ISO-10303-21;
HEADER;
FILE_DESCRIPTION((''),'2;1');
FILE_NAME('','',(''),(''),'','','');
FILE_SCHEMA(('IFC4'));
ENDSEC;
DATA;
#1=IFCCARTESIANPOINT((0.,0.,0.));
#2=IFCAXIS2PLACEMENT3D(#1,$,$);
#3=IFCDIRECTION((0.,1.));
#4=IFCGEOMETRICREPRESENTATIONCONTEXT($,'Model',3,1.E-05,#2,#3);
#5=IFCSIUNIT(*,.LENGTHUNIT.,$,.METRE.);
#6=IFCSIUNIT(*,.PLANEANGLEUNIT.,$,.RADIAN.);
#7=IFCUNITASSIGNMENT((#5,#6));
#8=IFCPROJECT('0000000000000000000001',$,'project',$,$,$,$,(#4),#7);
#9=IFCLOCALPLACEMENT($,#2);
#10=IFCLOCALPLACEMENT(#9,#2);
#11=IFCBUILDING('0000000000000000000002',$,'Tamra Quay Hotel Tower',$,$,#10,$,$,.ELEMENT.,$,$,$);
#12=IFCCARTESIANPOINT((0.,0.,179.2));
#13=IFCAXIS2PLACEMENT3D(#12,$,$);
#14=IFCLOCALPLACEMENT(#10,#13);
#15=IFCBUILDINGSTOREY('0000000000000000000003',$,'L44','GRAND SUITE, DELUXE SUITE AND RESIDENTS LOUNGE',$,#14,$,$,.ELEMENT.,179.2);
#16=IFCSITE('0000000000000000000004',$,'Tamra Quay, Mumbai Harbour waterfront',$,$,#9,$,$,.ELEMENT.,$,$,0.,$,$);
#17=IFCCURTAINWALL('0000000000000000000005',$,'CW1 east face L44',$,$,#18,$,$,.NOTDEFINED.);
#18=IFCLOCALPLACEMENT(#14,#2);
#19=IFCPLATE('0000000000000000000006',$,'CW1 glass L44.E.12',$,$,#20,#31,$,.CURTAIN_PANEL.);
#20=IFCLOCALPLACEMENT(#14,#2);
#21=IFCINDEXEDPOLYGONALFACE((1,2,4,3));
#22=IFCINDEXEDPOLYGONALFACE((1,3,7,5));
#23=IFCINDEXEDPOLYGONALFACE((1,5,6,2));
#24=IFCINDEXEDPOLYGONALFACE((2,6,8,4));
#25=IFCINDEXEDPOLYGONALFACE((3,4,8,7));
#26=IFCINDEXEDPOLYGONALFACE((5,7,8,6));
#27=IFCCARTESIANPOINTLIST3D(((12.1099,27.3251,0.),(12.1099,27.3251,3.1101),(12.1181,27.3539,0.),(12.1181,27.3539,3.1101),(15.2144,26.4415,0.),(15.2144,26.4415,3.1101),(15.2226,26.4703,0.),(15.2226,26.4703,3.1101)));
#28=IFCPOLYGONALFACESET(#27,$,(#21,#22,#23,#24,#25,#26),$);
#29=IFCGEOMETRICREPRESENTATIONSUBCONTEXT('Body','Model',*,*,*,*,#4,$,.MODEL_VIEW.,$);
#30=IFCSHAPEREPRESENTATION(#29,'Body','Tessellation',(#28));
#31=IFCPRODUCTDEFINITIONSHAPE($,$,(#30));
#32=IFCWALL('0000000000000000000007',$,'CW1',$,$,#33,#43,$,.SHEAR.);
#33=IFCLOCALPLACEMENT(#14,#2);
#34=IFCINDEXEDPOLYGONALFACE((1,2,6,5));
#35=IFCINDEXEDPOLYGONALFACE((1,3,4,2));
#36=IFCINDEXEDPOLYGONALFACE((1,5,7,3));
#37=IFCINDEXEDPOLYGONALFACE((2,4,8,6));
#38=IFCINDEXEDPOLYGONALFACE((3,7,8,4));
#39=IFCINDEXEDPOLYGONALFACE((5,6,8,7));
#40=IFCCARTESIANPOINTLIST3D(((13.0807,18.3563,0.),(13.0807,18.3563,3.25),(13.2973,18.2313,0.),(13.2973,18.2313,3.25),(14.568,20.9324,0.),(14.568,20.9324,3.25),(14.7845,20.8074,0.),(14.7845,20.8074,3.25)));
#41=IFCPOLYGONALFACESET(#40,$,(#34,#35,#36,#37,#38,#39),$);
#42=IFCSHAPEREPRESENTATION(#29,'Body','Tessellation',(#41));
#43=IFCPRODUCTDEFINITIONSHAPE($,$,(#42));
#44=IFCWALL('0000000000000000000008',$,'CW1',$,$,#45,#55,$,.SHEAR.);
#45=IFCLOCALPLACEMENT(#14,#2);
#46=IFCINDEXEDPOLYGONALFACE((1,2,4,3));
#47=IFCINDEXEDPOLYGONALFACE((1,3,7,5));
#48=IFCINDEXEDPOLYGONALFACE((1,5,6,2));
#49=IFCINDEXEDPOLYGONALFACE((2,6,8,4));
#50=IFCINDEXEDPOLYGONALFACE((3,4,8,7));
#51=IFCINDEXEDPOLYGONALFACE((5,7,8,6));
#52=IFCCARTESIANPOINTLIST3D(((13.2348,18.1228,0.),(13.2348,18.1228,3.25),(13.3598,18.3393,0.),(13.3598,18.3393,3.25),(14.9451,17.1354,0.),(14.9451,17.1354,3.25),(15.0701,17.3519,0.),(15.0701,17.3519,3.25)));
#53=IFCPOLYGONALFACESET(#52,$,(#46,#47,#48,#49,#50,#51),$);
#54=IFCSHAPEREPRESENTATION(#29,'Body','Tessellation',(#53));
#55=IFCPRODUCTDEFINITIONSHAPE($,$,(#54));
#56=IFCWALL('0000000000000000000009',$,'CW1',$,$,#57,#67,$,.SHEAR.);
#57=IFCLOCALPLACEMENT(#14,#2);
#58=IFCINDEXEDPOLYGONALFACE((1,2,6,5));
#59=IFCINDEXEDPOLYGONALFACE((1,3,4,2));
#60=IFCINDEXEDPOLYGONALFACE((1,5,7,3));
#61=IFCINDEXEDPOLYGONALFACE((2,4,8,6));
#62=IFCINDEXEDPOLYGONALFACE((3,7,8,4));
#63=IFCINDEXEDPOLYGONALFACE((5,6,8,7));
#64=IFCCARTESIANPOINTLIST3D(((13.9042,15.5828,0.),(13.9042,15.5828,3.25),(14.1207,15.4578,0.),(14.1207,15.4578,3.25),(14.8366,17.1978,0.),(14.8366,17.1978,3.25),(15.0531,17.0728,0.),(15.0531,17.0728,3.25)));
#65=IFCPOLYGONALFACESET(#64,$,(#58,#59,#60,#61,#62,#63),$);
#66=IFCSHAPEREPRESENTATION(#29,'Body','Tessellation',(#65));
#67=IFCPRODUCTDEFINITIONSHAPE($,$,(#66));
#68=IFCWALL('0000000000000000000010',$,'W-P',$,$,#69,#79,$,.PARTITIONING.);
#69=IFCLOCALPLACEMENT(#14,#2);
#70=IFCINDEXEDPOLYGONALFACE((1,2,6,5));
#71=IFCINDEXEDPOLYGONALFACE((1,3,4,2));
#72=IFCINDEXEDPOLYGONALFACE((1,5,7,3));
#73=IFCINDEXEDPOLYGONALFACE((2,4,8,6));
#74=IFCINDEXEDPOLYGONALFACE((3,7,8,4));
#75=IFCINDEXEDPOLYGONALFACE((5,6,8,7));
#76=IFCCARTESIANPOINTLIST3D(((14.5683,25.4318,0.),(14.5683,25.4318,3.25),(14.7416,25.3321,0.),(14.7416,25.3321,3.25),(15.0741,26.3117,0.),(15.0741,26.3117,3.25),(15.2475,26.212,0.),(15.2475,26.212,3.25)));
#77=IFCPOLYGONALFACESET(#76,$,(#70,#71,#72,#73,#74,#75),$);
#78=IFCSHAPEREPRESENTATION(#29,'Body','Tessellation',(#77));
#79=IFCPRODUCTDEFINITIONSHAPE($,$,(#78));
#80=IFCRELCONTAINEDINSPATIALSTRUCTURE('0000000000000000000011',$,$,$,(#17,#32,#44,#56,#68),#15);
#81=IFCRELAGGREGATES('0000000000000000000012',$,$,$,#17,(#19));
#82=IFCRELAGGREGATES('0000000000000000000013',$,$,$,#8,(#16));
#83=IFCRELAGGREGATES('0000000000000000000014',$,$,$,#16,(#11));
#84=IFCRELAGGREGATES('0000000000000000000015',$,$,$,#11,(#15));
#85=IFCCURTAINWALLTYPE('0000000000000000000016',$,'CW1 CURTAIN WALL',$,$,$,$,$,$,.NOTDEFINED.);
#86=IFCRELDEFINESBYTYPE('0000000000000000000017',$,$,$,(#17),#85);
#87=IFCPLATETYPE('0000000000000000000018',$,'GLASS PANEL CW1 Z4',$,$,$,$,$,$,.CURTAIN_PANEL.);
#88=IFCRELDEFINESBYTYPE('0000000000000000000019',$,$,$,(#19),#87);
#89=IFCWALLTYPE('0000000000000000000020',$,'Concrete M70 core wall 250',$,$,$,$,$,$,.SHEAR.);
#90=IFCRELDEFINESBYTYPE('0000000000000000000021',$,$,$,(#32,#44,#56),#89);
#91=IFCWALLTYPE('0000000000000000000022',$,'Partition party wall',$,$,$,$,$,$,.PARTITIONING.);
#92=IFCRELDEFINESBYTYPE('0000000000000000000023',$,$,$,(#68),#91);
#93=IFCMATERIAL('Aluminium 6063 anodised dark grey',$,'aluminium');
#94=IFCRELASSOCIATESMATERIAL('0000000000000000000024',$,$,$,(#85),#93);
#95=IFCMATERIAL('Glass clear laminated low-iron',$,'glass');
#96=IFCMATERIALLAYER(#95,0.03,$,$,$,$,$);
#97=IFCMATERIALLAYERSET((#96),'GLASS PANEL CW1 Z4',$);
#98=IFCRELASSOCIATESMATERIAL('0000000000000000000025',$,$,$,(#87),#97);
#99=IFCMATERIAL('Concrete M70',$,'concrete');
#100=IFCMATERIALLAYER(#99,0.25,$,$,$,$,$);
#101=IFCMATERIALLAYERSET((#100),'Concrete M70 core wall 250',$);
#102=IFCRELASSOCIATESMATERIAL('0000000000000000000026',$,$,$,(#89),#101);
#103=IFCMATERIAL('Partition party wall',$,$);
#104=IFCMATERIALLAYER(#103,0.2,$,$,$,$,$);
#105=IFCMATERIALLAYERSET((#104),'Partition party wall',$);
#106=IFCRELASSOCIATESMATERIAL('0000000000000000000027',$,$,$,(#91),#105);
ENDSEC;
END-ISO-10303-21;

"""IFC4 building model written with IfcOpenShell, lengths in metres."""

from ifc_helpers import new_model, si_unit, direction, frame, frame_2d, origin, origin_2d, place, context, subcontext, project, spatial, rectangle, extrude, material, layer, layer_set, type_object, element, aggregate, save


model = new_model("IFC4")

# Units and contexts
model_context = context("Model", 3, precision=1e-05, world=origin(), true_north=direction((0.0, 1.0)))
body_context = subcontext(model_context, "Body", "Model", "MODEL_VIEW")
ifc_project = project(units=[si_unit("LENGTHUNIT", "METRE"), si_unit("PLANEANGLEUNIT", "RADIAN")], contexts=[model_context])

# Site, building, storey
site_placement = place(None, origin())
site = spatial("IfcSite", under=ifc_project, at=site_placement, Name="Tamra Quay, Mumbai Harbour waterfront", CompositionType="ELEMENT", RefElevation=0.0)
building_placement = place(site_placement, origin())
building = spatial("IfcBuilding", under=site, at=building_placement, Name="Tamra Quay Hotel Tower", CompositionType="ELEMENT")
storey_placement = place(building_placement, frame((0.0, 0.0, 179.2)))
storey = spatial("IfcBuildingStorey", under=building, at=storey_placement, Name="L44", Description="GRAND SUITE, DELUXE SUITE AND RESIDENTS LOUNGE", CompositionType="ELEMENT", Elevation=179.2)

# Shared definitions
ifc_material_1 = material(Name="Concrete M70", Category="concrete")

# Curtain wall
ifc_material_2 = material(Name="Aluminium 6063 anodised dark grey", Category="aluminium")
curtain_wall_type = type_object("IfcCurtainWallType", Name="CW1 CURTAIN WALL", PredefinedType="NOTDEFINED", material=ifc_material_2)
curtain_wall_placement = place(storey_placement, origin())
curtain_wall = element("IfcCurtainWall", 1, at=curtain_wall_placement, inside=storey, type_object=curtain_wall_type, Name="CW1 east face L44", PredefinedType="NOTDEFINED")

# Plate
ifc_material_3 = material(Name="Glass clear laminated low-iron", Category="glass")
ifc_layer_1 = layer(ifc_material_3, 0.03)
ifc_layer_set_1 = layer_set([ifc_layer_1], Name="GLASS PANEL CW1 Z4")
plate_type = type_object("IfcPlateType", Name="GLASS PANEL CW1 Z4", PredefinedType="CURTAIN_PANEL", material=ifc_layer_set_1)
plate_1_placement = place(storey_placement, frame((13.6663, 26.8977, 0.0), z_axis=(0.0, 0.0, 1.0), x_axis=(-0.961801, 0.27375, 0.0)))
plate_1 = element("IfcPlate", 2, at=plate_1_placement, type_object=plate_type, Name="CW1 glass L44.E.12", PredefinedType="CURTAIN_PANEL", context=body_context, shape_type="SweptSolid", body=[
    extrude(rectangle(XDim=3.2278, YDim=0.03, at=origin_2d()), origin(), (0.0, 0.0, 1.0), 3.1101),
])
aggregate(curtain_wall, [plate_1])

# Walls
ifc_layer_2 = layer(ifc_material_1, 0.25)
ifc_layer_set_2 = layer_set([ifc_layer_2], Name="Concrete M70 core wall 250")
wall_type_1 = type_object("IfcWallType", Name="Concrete M70 core wall 250", PredefinedType="SHEAR", material=ifc_layer_set_2)
wall_1_placement = place(storey_placement, frame((14.6763, 20.8699, 0.0), z_axis=(0.0, 0.0, 1.0), x_axis=(-0.499988, -0.866033, 0.0)))
element("IfcWall", 3, at=wall_1_placement, inside=storey, type_object=wall_type_1, Name="CW1", PredefinedType="SHEAR", context=body_context, shape_type="SweptSolid", body=[
    extrude(rectangle(XDim=2.9746, YDim=0.25, at=frame_2d((1.4873, 0.0))), origin(), (0.0, 0.0, 1.0), 3.25),
])
wall_2_placement = place(storey_placement, frame((13.2974, 18.231, 0.0), z_axis=(0.0, 0.0, 1.0), x_axis=(0.866044, -0.499969, 0.0)))
element("IfcWall", 4, at=wall_2_placement, inside=storey, type_object=wall_type_1, Name="CW1", PredefinedType="SHEAR", context=body_context, shape_type="SweptSolid", body=[
    extrude(rectangle(XDim=1.9749, YDim=0.25, at=frame_2d((0.9873, 0.0))), origin(), (0.0, 0.0, 1.0), 3.25),
])
wall_3_placement = place(storey_placement, frame((14.9448, 17.1353, 0.0), z_axis=(0.0, 0.0, 1.0), x_axis=(-0.499983, -0.866035, 0.0)))
element("IfcWall", 5, at=wall_3_placement, inside=storey, type_object=wall_type_1, Name="CW1", PredefinedType="SHEAR", context=body_context, shape_type="SweptSolid", body=[
    extrude(rectangle(XDim=1.8647, YDim=0.25, at=frame_2d((0.9324, 0.0))), origin(), (0.0, 0.0, 1.0), 3.25),
])
ifc_material_4 = material(Name="Partition party wall")
ifc_layer_3 = layer(ifc_material_4, 0.2)
ifc_layer_set_3 = layer_set([ifc_layer_3], Name="Partition party wall")
wall_type_2 = type_object("IfcWallType", Name="Partition party wall", PredefinedType="PARTITIONING", material=ifc_layer_set_3)
wall_4_placement = place(storey_placement, frame((14.655, 25.3821, 0.0), z_axis=(0.0, 0.0, 1.0), x_axis=(0.498417, 0.866937, 0.0)))
element("IfcWall", 6, at=wall_4_placement, inside=storey, type_object=wall_type_2, Name="W-P", PredefinedType="PARTITIONING", context=body_context, shape_type="SweptSolid", body=[
    extrude(rectangle(XDim=1.0149, YDim=0.2, at=frame_2d((0.5073, 0.0))), origin(), (0.0, 0.0, 1.0), 3.25),
])

save(model, "model.ifc")
